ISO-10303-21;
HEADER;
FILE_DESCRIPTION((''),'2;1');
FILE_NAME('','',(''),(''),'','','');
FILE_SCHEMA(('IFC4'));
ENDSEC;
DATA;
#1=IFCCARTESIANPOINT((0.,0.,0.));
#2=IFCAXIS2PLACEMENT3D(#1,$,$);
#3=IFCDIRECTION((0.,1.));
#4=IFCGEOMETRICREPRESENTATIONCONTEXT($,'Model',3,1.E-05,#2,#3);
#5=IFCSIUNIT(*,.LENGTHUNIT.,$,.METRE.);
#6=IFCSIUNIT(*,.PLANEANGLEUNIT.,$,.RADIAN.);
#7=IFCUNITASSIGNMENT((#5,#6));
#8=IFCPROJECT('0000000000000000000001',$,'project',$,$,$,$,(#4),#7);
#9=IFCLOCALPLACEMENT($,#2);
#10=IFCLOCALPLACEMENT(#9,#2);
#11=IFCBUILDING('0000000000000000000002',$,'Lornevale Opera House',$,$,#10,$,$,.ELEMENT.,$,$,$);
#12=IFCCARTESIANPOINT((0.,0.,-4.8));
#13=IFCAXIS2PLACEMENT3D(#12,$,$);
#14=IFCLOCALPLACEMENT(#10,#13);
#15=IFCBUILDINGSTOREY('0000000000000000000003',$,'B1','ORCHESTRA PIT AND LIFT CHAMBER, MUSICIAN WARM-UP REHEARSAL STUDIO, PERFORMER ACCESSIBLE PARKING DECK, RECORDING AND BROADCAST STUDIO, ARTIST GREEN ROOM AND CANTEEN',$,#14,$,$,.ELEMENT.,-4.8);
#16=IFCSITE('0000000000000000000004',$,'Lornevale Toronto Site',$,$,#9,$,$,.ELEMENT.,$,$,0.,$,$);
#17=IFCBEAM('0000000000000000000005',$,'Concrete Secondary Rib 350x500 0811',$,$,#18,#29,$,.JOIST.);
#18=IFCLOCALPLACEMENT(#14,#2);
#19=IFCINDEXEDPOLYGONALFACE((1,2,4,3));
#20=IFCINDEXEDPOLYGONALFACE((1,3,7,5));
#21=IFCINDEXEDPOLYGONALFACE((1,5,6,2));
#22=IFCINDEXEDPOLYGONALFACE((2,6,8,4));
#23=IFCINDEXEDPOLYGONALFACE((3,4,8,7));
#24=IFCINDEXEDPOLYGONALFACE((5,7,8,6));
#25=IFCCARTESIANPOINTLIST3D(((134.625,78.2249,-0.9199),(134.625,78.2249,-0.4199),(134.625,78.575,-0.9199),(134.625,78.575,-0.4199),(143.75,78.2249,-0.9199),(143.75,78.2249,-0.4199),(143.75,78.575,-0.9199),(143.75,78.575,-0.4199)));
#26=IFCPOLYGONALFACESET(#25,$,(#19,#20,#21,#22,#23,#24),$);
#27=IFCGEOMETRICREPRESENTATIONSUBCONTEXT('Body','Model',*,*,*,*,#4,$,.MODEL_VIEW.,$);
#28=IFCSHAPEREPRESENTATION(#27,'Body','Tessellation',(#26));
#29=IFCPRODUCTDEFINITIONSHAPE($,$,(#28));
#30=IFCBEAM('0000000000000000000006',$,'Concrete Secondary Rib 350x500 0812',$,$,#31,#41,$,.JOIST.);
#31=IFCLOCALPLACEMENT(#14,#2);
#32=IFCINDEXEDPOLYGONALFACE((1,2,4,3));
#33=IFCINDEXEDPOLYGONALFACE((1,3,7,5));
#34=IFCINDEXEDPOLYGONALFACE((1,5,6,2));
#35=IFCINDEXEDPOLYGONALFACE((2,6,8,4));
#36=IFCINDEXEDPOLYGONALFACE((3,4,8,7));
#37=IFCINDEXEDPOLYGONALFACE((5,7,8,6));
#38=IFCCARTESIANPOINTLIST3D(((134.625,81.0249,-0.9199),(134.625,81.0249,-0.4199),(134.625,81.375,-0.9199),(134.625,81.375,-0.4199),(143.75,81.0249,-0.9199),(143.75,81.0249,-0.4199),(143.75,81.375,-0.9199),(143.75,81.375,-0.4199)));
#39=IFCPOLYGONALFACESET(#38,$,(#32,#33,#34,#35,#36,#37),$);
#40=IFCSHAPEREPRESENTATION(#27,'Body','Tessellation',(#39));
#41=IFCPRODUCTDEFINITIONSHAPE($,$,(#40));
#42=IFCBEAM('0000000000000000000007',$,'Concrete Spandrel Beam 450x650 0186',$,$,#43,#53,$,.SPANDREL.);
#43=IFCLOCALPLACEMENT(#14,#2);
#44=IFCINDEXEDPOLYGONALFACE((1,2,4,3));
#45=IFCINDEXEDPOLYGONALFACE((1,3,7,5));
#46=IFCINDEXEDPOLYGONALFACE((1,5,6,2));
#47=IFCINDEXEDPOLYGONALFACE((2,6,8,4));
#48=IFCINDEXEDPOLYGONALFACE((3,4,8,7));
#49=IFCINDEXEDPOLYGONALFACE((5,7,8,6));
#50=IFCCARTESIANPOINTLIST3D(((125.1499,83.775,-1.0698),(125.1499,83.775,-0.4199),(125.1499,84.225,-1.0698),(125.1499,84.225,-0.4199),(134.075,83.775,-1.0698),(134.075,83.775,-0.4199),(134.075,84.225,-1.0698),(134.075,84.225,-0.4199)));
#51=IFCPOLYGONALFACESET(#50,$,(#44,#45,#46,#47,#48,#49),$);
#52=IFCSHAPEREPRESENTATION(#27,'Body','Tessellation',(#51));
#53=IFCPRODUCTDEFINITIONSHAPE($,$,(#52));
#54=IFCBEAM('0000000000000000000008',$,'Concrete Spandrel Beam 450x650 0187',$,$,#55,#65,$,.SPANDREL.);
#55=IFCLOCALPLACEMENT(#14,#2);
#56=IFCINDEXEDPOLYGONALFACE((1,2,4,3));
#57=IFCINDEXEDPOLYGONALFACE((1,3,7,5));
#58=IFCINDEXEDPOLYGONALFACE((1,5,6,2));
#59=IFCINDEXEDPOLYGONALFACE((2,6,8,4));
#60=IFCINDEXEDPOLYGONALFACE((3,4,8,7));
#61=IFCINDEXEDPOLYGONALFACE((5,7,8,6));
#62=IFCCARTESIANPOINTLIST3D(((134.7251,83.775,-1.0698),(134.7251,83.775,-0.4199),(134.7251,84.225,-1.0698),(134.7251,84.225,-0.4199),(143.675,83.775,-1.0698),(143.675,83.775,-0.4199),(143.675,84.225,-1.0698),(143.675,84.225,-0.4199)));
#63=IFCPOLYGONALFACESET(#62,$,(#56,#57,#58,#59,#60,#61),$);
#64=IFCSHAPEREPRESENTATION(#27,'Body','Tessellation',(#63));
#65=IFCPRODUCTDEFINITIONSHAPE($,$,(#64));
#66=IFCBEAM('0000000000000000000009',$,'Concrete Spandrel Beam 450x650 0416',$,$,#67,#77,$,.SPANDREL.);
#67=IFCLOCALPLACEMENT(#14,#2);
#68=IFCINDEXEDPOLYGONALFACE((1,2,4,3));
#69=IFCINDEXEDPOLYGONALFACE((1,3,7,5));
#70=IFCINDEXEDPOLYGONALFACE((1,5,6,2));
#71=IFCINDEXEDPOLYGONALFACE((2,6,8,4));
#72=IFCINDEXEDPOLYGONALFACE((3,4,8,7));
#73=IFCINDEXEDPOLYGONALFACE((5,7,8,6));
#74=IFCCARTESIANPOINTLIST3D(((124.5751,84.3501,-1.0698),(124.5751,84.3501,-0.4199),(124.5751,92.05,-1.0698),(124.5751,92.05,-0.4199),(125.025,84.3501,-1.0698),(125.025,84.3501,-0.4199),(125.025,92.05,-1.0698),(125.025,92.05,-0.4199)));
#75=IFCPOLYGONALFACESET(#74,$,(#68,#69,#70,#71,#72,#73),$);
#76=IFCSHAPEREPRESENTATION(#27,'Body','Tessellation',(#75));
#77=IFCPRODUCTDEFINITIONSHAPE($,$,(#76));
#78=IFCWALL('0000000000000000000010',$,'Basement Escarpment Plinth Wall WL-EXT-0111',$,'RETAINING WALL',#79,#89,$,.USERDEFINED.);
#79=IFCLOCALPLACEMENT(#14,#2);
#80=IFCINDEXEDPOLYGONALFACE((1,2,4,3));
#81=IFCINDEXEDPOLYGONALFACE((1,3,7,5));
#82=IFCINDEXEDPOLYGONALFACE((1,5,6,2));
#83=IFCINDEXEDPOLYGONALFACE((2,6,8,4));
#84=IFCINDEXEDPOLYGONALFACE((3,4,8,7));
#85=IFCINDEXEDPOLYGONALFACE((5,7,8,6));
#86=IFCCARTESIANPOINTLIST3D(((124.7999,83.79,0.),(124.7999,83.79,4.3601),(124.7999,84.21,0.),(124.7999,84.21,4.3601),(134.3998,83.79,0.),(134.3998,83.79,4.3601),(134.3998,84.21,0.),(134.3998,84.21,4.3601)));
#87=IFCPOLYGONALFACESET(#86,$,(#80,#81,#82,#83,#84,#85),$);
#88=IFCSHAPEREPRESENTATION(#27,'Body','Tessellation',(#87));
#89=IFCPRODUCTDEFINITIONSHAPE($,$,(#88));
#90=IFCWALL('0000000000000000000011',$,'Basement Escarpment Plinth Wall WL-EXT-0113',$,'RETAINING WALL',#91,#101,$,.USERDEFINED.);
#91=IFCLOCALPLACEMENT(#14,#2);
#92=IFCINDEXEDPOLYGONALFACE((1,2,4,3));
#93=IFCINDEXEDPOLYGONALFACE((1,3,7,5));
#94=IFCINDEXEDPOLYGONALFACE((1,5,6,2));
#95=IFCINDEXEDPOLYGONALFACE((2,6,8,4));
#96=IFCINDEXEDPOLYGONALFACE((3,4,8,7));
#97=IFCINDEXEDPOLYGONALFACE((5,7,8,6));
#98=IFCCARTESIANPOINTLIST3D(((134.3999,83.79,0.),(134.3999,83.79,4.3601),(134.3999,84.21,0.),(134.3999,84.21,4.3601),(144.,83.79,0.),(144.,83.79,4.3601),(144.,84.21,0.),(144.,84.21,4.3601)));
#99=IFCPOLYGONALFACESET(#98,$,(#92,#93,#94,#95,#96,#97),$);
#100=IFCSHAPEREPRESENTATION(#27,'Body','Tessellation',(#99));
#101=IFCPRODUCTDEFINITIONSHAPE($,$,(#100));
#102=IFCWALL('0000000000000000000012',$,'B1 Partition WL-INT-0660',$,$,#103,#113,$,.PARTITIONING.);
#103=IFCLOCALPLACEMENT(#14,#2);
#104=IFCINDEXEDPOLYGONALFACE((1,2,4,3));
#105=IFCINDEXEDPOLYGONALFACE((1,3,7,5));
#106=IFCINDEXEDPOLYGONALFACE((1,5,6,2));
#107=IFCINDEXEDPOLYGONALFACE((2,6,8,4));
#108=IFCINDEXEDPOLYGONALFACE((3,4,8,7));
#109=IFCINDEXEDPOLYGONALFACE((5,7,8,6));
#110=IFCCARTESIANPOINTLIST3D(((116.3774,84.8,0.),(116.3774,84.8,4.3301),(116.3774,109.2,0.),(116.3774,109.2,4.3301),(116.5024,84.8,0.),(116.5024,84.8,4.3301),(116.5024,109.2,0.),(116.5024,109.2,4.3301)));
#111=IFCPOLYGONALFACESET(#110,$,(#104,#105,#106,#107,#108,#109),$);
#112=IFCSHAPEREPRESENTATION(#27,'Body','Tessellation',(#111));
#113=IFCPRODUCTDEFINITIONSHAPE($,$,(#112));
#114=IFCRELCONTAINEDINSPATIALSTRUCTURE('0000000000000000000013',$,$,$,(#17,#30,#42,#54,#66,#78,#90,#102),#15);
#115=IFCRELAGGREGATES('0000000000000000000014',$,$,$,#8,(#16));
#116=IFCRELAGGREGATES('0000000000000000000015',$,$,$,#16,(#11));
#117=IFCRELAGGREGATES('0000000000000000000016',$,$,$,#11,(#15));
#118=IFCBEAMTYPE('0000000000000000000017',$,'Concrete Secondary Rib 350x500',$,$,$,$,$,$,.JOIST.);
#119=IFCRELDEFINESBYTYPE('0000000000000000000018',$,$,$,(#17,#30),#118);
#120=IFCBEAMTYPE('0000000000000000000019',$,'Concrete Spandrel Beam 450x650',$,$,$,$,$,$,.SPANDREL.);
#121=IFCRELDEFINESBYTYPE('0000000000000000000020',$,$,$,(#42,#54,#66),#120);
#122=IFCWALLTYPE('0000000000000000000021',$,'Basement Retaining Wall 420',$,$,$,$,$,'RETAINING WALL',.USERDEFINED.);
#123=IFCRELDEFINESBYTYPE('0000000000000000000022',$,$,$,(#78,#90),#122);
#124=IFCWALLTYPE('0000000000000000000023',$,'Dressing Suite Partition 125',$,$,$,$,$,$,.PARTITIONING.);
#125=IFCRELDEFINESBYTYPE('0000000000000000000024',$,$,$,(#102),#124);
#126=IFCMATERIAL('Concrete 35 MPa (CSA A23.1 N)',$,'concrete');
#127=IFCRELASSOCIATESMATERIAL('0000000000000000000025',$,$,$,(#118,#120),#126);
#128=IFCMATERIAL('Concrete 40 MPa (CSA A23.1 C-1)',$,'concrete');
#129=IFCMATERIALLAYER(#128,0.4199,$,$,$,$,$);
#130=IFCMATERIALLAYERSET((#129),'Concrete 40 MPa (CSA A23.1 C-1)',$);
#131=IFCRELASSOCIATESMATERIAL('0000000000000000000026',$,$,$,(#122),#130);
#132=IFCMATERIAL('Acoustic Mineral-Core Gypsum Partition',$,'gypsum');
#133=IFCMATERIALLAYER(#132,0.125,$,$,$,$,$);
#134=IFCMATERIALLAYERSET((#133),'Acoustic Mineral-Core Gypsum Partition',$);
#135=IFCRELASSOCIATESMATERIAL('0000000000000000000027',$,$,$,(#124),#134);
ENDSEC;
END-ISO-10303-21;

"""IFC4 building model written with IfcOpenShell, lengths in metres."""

from ifc_helpers import new_model, si_unit, direction, frame, frame_2d, origin, origin_2d, place, context, subcontext, project, spatial, rectangle, extrude, material, layer, layer_set, material_profile, profile_set, type_object, element, save


model = new_model("IFC4")

# Units and contexts
model_context = context("Model", 3, precision=1e-05, world=origin(), true_north=direction((0.0, 1.0)))
body_context = subcontext(model_context, "Body", "Model", "MODEL_VIEW")
ifc_project = project(units=[si_unit("LENGTHUNIT", "METRE"), si_unit("PLANEANGLEUNIT", "RADIAN")], contexts=[model_context])

# Site, building, storey
site_placement = place(None, origin())
site = spatial("IfcSite", under=ifc_project, at=site_placement, Name="Lornevale Toronto Site", CompositionType="ELEMENT", RefElevation=0.0)
building_placement = place(site_placement, origin())
building = spatial("IfcBuilding", under=site, at=building_placement, Name="Lornevale Opera House", CompositionType="ELEMENT")
storey_placement = place(building_placement, frame((0.0, 0.0, -4.8)))
storey = spatial("IfcBuildingStorey", under=building, at=storey_placement, Name="B1", Description="ORCHESTRA PIT AND LIFT CHAMBER, MUSICIAN WARM-UP REHEARSAL STUDIO, PERFORMER ACCESSIBLE PARKING DECK, RECORDING AND BROADCAST STUDIO, ARTIST GREEN ROOM AND CANTEEN", CompositionType="ELEMENT", Elevation=-4.8)

# Shared definitions
ifc_material_1 = material(Name="Concrete 40 MPa (CSA A23.1 C-1)", Category="concrete")

# Beams
ifc_material_2 = material(Name="Concrete 35 MPa (CSA A23.1 N)", Category="concrete")
ifc_material_profile_1 = material_profile(ifc_material_2, rectangle(XDim=0.3501, YDim=0.5, at=origin_2d()), Name="RC350x500")
ifc_profile_set_1 = profile_set([ifc_material_profile_1], Name="Concrete 35 MPa (CSA A23.1 N)")
beam_type_1 = type_object("IfcBeamType", Name="Concrete Secondary Rib 350x500", PredefinedType="JOIST", material=ifc_profile_set_1)
for number, where, z_axis, x_axis, name in (
    (1, (134.625, 78.3999, -0.6699), (1.0, 0.0, 0.0), (0.0, 1.0, 0.0), "Concrete Secondary Rib 350x500 0811"),
    (2, (134.625, 81.2, -0.6699), (1.0, 0.0, 0.0), (0.0, 1.0, 0.0), "Concrete Secondary Rib 350x500 0812"),
):
    element("IfcBeam", number, at=place(storey_placement, frame(where, z_axis=z_axis, x_axis=x_axis)), inside=storey, type_object=beam_type_1, Name=name, PredefinedType="JOIST", context=body_context, shape_type="SweptSolid", body=[
        extrude(rectangle(XDim=0.3501, YDim=0.5, at=origin_2d()), origin(), (0.0, 0.0, 1.0), 9.125),
    ])
ifc_material_profile_2 = material_profile(ifc_material_2, rectangle(XDim=0.45, YDim=0.6499, at=origin_2d()), Name="RC450x650")
ifc_profile_set_2 = profile_set([ifc_material_profile_2], Name="Concrete 35 MPa (CSA A23.1 N)")
beam_type_2 = type_object("IfcBeamType", Name="Concrete Spandrel Beam 450x650", PredefinedType="SPANDREL", material=ifc_profile_set_2)
beam_1_placement = place(storey_placement, frame((125.1499, 84.0, -0.7449), z_axis=(1.0, 0.0, 0.0), x_axis=(0.0, 1.0, 0.0)))
element("IfcBeam", 3, at=beam_1_placement, inside=storey, type_object=beam_type_2, Name="Concrete Spandrel Beam 450x650 0186", PredefinedType="SPANDREL", context=body_context, shape_type="SweptSolid", body=[
    extrude(rectangle(XDim=0.45, YDim=0.6499, at=origin_2d()), origin(), (0.0, 0.0, 1.0), 8.925),
])
beam_2_placement = place(storey_placement, frame((134.7251, 84.0, -0.7449), z_axis=(1.0, 0.0, 0.0), x_axis=(0.0, 1.0, 0.0)))
element("IfcBeam", 4, at=beam_2_placement, inside=storey, type_object=beam_type_2, Name="Concrete Spandrel Beam 450x650 0187", PredefinedType="SPANDREL", context=body_context, shape_type="SweptSolid", body=[
    extrude(rectangle(XDim=0.45, YDim=0.6499, at=origin_2d()), origin(), (0.0, 0.0, 1.0), 8.95),
])
beam_3_placement = place(storey_placement, frame((124.8, 84.3501, -0.7449), z_axis=(0.0, 1.0, 0.0), x_axis=(-1.0, 0.0, 0.0)))
element("IfcBeam", 5, at=beam_3_placement, inside=storey, type_object=beam_type_2, Name="Concrete Spandrel Beam 450x650 0416", PredefinedType="SPANDREL", context=body_context, shape_type="SweptSolid", body=[
    extrude(rectangle(XDim=0.45, YDim=0.6499, at=origin_2d()), origin(), (0.0, 0.0, 1.0), 7.7),
])

# Walls
ifc_layer_1 = layer(ifc_material_1, 0.4199)
ifc_layer_set_1 = layer_set([ifc_layer_1], Name="Concrete 40 MPa (CSA A23.1 C-1)")
wall_type_1 = type_object("IfcWallType", Name="Basement Retaining Wall 420", ElementType="RETAINING WALL", PredefinedType="USERDEFINED", material=ifc_layer_set_1)
wall_1_placement = place(storey_placement, frame((124.8, 84.0, 0.0), z_axis=(0.0, 0.0, 1.0), x_axis=(1.0, 0.0, 0.0)))
element("IfcWall", 6, at=wall_1_placement, inside=storey, type_object=wall_type_1, Name="Basement Escarpment Plinth Wall WL-EXT-0111", ObjectType="RETAINING WALL", PredefinedType="USERDEFINED", context=body_context, shape_type="SweptSolid", body=[
    extrude(rectangle(XDim=9.5999, YDim=0.4199, at=frame_2d((4.7998, 0.0))), origin(), (0.0, 0.0, 1.0), 4.3601),
])
wall_2_placement = place(storey_placement, frame((134.3999, 84.0, 0.0), z_axis=(0.0, 0.0, 1.0), x_axis=(1.0, 0.0, 0.0)))
element("IfcWall", 7, at=wall_2_placement, inside=storey, type_object=wall_type_1, Name="Basement Escarpment Plinth Wall WL-EXT-0113", ObjectType="RETAINING WALL", PredefinedType="USERDEFINED", context=body_context, shape_type="SweptSolid", body=[
    extrude(rectangle(XDim=9.6001, YDim=0.4199, at=frame_2d((4.8, 0.0))), origin(), (0.0, 0.0, 1.0), 4.3601),
])
ifc_material_3 = material(Name="Acoustic Mineral-Core Gypsum Partition", Category="gypsum")
ifc_layer_2 = layer(ifc_material_3, 0.125)
ifc_layer_set_2 = layer_set([ifc_layer_2], Name="Acoustic Mineral-Core Gypsum Partition")
wall_type_2 = type_object("IfcWallType", Name="Dressing Suite Partition 125", PredefinedType="PARTITIONING", material=ifc_layer_set_2)
wall_3_placement = place(storey_placement, frame((116.4399, 84.8, 0.0), z_axis=(0.0, 0.0, 1.0), x_axis=(0.0, 1.0, 0.0)))
element("IfcWall", 8, at=wall_3_placement, inside=storey, type_object=wall_type_2, Name="B1 Partition WL-INT-0660", PredefinedType="PARTITIONING", context=body_context, shape_type="SweptSolid", body=[
    extrude(rectangle(XDim=24.3999, YDim=0.125, at=frame_2d((12.2, 0.0))), origin(), (0.0, 0.0, 1.0), 4.3301),
])

save(model, "model.ifc")
